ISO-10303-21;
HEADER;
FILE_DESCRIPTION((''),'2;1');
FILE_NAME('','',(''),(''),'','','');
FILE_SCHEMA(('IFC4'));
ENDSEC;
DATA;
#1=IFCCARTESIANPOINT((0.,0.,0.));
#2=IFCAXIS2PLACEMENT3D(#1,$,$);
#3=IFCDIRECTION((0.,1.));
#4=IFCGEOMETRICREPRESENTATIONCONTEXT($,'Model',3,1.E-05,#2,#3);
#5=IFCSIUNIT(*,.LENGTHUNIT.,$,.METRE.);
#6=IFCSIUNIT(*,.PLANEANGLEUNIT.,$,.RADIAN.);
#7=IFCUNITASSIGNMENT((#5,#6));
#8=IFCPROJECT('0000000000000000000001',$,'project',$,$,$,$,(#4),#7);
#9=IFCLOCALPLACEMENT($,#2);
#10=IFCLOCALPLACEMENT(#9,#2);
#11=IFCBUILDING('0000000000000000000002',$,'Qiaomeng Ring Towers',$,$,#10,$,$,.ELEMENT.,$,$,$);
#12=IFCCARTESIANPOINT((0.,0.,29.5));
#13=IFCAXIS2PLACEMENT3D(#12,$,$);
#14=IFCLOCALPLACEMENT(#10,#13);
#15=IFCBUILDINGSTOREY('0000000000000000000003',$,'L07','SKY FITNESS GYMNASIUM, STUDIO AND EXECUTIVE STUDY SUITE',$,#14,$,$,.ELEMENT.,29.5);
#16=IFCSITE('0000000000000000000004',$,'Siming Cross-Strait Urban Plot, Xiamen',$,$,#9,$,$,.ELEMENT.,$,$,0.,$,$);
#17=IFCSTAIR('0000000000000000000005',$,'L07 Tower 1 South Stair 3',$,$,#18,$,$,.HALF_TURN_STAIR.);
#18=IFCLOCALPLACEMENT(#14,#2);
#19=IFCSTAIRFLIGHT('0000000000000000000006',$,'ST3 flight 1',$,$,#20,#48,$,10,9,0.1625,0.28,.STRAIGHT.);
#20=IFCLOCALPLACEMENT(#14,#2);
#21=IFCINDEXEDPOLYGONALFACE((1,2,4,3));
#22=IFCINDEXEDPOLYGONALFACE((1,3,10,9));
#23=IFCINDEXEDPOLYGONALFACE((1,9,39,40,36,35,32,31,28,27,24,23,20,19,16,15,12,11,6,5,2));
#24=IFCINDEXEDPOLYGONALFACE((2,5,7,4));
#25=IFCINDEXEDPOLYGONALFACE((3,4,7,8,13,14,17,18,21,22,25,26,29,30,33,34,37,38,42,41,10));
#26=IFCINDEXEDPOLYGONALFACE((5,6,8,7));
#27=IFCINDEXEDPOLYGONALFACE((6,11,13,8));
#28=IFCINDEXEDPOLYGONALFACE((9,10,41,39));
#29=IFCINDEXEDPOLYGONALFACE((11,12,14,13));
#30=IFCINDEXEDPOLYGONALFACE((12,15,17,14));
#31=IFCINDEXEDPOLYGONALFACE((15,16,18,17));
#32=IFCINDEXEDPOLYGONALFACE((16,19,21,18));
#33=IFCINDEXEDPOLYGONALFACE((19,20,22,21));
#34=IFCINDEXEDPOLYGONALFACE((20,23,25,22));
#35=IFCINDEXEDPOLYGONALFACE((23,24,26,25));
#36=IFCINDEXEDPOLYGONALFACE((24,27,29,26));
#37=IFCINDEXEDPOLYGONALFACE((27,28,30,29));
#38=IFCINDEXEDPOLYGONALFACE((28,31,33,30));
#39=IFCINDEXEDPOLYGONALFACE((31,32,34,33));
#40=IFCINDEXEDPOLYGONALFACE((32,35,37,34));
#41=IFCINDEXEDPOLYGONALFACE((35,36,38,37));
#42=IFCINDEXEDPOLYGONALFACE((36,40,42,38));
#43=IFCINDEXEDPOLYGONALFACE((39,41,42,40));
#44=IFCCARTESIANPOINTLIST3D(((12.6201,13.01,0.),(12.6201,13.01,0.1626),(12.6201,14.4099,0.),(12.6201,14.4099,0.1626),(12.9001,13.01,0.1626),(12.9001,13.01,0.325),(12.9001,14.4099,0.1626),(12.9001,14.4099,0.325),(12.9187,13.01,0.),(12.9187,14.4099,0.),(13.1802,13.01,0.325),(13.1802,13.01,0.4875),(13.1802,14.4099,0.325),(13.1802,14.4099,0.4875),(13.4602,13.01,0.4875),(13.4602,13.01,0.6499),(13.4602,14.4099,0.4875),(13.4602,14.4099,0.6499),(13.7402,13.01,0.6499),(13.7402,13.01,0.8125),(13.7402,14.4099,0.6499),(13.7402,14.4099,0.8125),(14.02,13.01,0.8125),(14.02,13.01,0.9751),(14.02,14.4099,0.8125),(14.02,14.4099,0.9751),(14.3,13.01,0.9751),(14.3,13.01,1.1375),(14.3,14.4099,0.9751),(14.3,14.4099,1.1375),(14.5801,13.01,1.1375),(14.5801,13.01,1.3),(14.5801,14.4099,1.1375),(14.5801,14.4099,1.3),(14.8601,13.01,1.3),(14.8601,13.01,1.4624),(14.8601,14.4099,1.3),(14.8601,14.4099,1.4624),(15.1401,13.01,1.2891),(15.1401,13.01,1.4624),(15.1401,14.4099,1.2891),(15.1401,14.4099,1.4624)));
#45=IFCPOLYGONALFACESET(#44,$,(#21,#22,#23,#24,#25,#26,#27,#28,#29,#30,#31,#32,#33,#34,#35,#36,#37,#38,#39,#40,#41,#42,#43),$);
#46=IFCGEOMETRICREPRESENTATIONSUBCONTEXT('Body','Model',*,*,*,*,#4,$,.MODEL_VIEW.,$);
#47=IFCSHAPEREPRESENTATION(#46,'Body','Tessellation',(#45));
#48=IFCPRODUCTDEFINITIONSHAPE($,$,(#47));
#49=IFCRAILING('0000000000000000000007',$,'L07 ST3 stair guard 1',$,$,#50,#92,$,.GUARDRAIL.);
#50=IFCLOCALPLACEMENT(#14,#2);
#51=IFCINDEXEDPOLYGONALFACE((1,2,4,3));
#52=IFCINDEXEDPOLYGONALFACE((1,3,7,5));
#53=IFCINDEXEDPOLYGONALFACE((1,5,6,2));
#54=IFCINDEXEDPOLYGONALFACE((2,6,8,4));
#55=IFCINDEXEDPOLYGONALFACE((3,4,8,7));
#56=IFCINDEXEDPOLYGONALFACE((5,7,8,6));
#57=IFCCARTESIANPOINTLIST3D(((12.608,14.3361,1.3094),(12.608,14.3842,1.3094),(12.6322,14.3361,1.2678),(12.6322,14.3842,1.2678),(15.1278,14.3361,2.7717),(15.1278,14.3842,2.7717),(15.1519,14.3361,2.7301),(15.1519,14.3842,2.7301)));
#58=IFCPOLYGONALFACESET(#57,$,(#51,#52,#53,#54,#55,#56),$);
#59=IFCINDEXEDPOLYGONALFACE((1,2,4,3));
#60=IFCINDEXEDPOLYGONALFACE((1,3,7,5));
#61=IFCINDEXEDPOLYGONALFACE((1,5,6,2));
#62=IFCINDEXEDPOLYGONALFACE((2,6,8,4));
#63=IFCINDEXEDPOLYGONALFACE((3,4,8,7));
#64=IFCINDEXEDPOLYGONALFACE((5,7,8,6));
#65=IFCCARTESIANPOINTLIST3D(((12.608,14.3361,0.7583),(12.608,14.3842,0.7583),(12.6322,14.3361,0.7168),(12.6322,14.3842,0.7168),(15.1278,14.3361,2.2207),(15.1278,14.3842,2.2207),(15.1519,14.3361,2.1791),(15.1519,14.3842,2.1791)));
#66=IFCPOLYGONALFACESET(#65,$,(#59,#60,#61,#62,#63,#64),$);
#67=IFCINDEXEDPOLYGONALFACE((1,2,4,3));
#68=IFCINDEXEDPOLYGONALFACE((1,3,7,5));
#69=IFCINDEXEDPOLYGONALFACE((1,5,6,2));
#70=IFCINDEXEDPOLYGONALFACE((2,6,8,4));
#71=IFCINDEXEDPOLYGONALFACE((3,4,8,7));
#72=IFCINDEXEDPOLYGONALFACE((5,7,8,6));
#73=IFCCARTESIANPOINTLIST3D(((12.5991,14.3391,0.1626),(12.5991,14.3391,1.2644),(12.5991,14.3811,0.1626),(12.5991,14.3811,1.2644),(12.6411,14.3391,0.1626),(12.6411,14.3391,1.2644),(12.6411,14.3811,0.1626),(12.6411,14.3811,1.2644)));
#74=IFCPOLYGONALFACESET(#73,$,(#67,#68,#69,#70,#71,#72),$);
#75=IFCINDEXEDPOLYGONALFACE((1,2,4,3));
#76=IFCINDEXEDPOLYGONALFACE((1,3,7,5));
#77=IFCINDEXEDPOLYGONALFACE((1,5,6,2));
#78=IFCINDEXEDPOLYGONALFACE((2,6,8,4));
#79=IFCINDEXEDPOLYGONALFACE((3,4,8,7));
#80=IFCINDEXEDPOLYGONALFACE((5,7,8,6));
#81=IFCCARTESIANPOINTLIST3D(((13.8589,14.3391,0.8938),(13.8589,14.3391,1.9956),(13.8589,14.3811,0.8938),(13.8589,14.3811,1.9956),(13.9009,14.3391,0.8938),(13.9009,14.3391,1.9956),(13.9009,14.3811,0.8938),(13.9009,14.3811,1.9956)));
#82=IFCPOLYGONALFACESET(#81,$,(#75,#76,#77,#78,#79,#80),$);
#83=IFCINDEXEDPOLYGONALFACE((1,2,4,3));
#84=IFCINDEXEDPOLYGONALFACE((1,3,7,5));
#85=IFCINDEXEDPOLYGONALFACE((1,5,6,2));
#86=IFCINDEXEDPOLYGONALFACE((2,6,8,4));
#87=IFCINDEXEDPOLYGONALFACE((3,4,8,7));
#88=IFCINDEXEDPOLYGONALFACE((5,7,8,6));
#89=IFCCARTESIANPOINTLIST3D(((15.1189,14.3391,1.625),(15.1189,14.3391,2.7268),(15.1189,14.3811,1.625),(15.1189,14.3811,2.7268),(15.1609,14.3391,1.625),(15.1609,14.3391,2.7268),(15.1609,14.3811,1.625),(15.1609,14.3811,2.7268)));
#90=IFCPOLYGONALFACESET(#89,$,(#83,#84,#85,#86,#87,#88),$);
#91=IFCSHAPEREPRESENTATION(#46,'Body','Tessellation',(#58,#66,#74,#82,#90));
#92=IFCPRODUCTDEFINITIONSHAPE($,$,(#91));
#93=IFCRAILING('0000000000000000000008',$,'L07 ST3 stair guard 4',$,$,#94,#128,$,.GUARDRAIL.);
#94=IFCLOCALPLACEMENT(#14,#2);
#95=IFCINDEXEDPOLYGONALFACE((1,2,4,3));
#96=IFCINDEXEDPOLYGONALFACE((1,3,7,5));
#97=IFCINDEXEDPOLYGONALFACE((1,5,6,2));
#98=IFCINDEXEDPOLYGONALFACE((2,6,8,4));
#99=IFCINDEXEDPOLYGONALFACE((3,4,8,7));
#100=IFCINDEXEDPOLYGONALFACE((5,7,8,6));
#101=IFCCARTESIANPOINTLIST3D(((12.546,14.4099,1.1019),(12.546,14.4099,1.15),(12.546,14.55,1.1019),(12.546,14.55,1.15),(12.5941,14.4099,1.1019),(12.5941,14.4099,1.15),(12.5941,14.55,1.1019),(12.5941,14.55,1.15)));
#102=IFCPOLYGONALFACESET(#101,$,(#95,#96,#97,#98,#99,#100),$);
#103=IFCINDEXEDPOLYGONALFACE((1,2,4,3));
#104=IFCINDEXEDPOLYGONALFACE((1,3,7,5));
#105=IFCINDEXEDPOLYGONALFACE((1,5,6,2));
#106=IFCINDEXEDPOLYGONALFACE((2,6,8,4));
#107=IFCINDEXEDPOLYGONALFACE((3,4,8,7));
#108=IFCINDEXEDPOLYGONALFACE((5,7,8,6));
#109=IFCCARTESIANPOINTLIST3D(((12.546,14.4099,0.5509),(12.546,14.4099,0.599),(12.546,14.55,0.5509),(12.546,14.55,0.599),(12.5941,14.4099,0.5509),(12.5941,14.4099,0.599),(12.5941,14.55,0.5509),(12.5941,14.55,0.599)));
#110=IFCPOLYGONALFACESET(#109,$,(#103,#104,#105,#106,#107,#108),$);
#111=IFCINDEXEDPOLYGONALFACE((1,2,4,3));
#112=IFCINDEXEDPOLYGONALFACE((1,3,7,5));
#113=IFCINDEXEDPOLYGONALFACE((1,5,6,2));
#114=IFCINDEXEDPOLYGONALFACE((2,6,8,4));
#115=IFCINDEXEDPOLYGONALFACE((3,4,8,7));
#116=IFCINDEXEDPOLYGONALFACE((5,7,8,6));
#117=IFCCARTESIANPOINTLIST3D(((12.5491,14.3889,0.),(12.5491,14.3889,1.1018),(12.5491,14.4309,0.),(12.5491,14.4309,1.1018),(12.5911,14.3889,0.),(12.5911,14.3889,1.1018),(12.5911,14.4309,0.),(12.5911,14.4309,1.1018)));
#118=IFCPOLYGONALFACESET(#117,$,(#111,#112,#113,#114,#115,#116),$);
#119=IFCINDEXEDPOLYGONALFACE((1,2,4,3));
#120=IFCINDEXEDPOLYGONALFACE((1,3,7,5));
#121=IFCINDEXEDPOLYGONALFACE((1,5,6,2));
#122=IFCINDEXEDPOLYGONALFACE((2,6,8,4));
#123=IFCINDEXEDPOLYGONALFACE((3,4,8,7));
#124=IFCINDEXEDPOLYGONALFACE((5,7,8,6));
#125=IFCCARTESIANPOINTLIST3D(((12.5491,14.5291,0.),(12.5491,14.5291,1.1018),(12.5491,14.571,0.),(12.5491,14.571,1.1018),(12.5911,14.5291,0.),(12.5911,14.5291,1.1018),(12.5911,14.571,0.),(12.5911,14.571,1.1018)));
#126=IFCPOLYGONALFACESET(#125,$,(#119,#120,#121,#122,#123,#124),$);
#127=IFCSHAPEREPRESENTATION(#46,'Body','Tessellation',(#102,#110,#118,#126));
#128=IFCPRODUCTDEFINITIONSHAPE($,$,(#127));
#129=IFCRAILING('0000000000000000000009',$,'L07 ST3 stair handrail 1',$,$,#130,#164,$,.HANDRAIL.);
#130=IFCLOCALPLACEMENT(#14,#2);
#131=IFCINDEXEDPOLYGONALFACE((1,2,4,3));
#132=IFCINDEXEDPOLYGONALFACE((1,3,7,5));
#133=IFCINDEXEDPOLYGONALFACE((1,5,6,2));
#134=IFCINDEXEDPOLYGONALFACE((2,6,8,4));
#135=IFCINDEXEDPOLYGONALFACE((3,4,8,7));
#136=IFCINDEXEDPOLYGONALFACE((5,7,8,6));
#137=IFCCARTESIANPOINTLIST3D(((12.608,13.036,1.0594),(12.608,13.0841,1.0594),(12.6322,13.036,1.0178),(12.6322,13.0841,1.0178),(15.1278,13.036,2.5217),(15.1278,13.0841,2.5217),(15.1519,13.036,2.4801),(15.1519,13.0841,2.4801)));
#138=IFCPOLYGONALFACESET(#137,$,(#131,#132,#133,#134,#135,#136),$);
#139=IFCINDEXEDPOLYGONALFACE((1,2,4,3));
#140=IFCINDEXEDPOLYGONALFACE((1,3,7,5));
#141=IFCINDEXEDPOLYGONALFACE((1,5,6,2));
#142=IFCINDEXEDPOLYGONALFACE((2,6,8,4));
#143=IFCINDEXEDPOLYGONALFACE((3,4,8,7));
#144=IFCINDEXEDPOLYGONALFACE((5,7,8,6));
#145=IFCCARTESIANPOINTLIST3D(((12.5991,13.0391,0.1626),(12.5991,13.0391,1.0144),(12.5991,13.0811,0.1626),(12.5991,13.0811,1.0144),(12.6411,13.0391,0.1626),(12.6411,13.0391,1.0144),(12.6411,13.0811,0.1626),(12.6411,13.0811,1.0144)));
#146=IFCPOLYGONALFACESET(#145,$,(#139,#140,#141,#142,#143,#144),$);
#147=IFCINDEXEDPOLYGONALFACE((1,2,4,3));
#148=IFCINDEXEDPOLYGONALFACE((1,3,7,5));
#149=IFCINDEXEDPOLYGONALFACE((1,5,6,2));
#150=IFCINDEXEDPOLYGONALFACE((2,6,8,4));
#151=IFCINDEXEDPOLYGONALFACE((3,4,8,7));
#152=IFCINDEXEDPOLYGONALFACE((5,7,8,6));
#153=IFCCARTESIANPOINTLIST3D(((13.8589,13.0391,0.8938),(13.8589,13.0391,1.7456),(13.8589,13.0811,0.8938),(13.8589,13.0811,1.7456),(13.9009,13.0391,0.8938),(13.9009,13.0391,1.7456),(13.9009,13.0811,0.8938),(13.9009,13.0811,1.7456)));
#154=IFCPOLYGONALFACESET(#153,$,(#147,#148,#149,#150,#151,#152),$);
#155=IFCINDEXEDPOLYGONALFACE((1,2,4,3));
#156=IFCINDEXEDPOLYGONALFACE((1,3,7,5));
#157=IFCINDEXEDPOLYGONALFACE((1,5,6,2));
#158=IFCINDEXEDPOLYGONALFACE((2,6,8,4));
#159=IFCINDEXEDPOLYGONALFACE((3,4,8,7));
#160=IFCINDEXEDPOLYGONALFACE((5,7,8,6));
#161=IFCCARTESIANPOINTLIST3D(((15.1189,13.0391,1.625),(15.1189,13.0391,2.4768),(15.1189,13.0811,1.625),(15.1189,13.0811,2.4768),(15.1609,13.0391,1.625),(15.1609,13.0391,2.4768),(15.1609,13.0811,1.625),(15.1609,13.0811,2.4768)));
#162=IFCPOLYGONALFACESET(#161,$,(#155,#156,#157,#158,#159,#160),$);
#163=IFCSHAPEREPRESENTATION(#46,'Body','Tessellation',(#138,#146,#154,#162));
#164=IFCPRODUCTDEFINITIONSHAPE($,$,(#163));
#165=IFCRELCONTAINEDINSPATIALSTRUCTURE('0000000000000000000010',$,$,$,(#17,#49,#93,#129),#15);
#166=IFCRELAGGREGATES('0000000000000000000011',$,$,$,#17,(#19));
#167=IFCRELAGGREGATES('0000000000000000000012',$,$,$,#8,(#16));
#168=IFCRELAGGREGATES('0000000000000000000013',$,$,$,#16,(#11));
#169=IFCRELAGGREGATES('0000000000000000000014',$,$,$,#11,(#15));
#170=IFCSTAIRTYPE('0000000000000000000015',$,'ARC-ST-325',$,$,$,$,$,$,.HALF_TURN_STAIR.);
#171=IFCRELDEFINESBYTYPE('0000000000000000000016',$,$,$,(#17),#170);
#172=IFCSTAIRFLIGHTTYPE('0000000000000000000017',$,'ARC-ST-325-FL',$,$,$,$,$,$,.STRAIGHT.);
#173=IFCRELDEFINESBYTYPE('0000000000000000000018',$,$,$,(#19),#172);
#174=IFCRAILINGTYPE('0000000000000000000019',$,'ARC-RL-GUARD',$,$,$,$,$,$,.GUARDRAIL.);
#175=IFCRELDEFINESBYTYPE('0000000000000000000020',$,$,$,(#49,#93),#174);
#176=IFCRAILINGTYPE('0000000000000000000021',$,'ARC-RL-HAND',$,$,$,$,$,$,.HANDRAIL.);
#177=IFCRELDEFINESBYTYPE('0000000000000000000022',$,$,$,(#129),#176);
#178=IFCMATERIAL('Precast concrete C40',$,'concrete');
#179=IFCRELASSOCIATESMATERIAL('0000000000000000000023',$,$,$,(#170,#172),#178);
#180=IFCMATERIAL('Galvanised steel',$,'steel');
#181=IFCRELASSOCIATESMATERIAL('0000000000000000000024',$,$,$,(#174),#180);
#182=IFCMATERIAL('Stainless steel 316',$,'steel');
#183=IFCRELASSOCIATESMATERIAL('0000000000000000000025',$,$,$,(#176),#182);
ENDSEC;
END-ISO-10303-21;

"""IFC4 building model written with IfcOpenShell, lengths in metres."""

from ifc_helpers import new_model, si_unit, direction, frame, origin, origin_2d, place, context, subcontext, project, spatial, polyline, rectangle, outline, extrude, source, transform, mapped, material, type_object, element, aggregate, save


model = new_model("IFC4")

# Units and contexts
model_context = context("Model", 3, precision=1e-05, world=origin(), true_north=direction((0.0, 1.0)))
body_context = subcontext(model_context, "Body", "Model", "MODEL_VIEW")
ifc_project = project(units=[si_unit("LENGTHUNIT", "METRE"), si_unit("PLANEANGLEUNIT", "RADIAN")], contexts=[model_context])

# Site, building, storey
site_placement = place(None, origin())
site = spatial("IfcSite", under=ifc_project, at=site_placement, Name="Siming Cross-Strait Urban Plot, Xiamen", CompositionType="ELEMENT", RefElevation=0.0)
building_placement = place(site_placement, origin())
building = spatial("IfcBuilding", under=site, at=building_placement, Name="Qiaomeng Ring Towers", CompositionType="ELEMENT")
storey_placement = place(building_placement, frame((0.0, 0.0, 29.5)))
storey = spatial("IfcBuildingStorey", under=building, at=storey_placement, Name="L07", Description="SKY FITNESS GYMNASIUM, STUDIO AND EXECUTIVE STUDY SUITE", CompositionType="ELEMENT", Elevation=29.5)

# Shared definitions
ifc_material_1 = material(Name="Galvanised steel", Category="steel")

# Shared definitions
ifc_material_2 = material(Name="Stainless steel 316", Category="steel")

# Stair, stair flight
ifc_material_3 = material(Name="Precast concrete C40", Category="concrete")
stair_type = type_object("IfcStairType", Name="ARC-ST-325", PredefinedType="HALF_TURN_STAIR", material=ifc_material_3)
stair_placement = place(storey_placement, origin())
stair = element("IfcStair", 1, at=stair_placement, inside=storey, type_object=stair_type, Name="L07 Tower 1 South Stair 3", PredefinedType="HALF_TURN_STAIR")
stair_flight_type = type_object("IfcStairFlightType", Name="ARC-ST-325-FL", PredefinedType="STRAIGHT", material=ifc_material_3)
shared_shape_1 = source(origin(), body_context, "Body", "SweptSolid", [
    extrude(outline(polyline([(0.0, 0.0), (0.0, 0.1626), (0.28, 0.1626), (0.28, 0.325), (0.5601, 0.325), (0.5601, 0.4875), (0.8401, 0.4875), (0.8401, 0.6499), (1.1201, 0.6499), (1.1201, 0.8125), (1.3999, 0.8125), (1.3999, 0.9751), (1.6799, 0.9751), (1.6799, 1.1375), (1.96, 1.1375), (1.96, 1.3), (2.24, 1.3), (2.24, 1.4624), (2.52, 1.4624), (2.52, 1.625), (2.52, 1.2891), (0.2986, 0.0), (0.0, 0.0)])), frame((0.0, 0.7, 0.0), z_axis=(0.0, -1.0, 0.0), x_axis=(1.0, 0.0, 0.0)), (0.0, 0.0, 1.0), 1.3999),
])
stair_flight_placement = place(storey_placement, frame((12.6201, 13.71, 0.0), z_axis=(0.0, 0.0, 1.0), x_axis=(1.0, 0.0, 0.0)))
stair_flight = element("IfcStairFlight", 2, at=stair_flight_placement, type_object=stair_flight_type, Name="ST3 flight 1", NumberOfRisers=10, NumberOfTreads=9, PredefinedType="STRAIGHT", RiserHeight=0.1625, TreadLength=0.28, context=body_context, shape_type="MappedRepresentation", body=[
    mapped(shared_shape_1, transform((0.0, 0.0, 0.0), x_axis=(1.0, 0.0, 0.0), y_axis=(0.0, 1.0, 0.0), z_axis=(0.0, 0.0, 1.0), scale=1.0)),
])
aggregate(stair, [stair_flight])

# Railings
railing_type_1 = type_object("IfcRailingType", Name="ARC-RL-GUARD", PredefinedType="GUARDRAIL", material=ifc_material_1)
railing_1_placement = place(storey_placement, frame((12.6201, 14.3601, 0.1626)))
element("IfcRailing", 3, at=railing_1_placement, inside=storey, type_object=railing_type_1, Name="L07 ST3 stair guard 1", PredefinedType="GUARDRAIL", context=body_context, shape_type="SweptSolid", body=[
    extrude(rectangle(XDim=0.0481, YDim=0.0481, at=origin_2d()), frame((0.0, 0.0, 1.126), z_axis=(0.864892, 0.0, 0.501958), x_axis=(0.0, 1.0, 0.0)), (0.0, 0.0, 1.0), 2.9133),
    extrude(rectangle(XDim=0.0481, YDim=0.0481, at=origin_2d()), frame((0.0, 0.0, 0.575), z_axis=(0.864892, 0.0, 0.501958), x_axis=(0.0, 1.0, 0.0)), (0.0, 0.0, 1.0), 2.9133),
    extrude(rectangle(XDim=0.042, YDim=0.042, at=origin_2d()), origin(), (0.0, 0.0, 1.0), 1.1018),
    extrude(rectangle(XDim=0.042, YDim=0.042, at=origin_2d()), frame((1.2598, 0.0, 0.7312)), (0.0, 0.0, 1.0), 1.1018),
    extrude(rectangle(XDim=0.042, YDim=0.042, at=origin_2d()), frame((2.5198, 0.0, 1.4624)), (0.0, 0.0, 1.0), 1.1018),
])
railing_2_placement = place(storey_placement, frame((12.5701, 14.4099, 0.0)))
element("IfcRailing", 4, at=railing_2_placement, inside=storey, type_object=railing_type_1, Name="L07 ST3 stair guard 4", PredefinedType="GUARDRAIL", context=body_context, shape_type="SweptSolid", body=[
    extrude(rectangle(XDim=0.0481, YDim=0.0481, at=origin_2d()), frame((0.0, 0.0, 1.126), z_axis=(0.0, 1.0, 0.0), x_axis=(-1.0, 0.0, 0.0)), (0.0, 0.0, 1.0), 0.1401),
    extrude(rectangle(XDim=0.0481, YDim=0.0481, at=origin_2d()), frame((0.0, 0.0, 0.575), z_axis=(0.0, 1.0, 0.0), x_axis=(-1.0, 0.0, 0.0)), (0.0, 0.0, 1.0), 0.1401),
    extrude(rectangle(XDim=0.042, YDim=0.042, at=origin_2d()), origin(), (0.0, 0.0, 1.0), 1.1018),
    extrude(rectangle(XDim=0.042, YDim=0.042, at=origin_2d()), frame((0.0, 0.1401, 0.0)), (0.0, 0.0, 1.0), 1.1018),
])
railing_type_2 = type_object("IfcRailingType", Name="ARC-RL-HAND", PredefinedType="HANDRAIL", material=ifc_material_2)
railing_3_placement = place(storey_placement, frame((12.6201, 13.0601, 0.1626)))
element("IfcRailing", 5, at=railing_3_placement, inside=storey, type_object=railing_type_2, Name="L07 ST3 stair handrail 1", PredefinedType="HANDRAIL", context=body_context, shape_type="SweptSolid", body=[
    extrude(rectangle(XDim=0.0481, YDim=0.0481, at=origin_2d()), frame((0.0, 0.0, 0.876), z_axis=(0.864892, 0.0, 0.501958), x_axis=(0.0, 1.0, 0.0)), (0.0, 0.0, 1.0), 2.9133),
    extrude(rectangle(XDim=0.042, YDim=0.042, at=origin_2d()), origin(), (0.0, 0.0, 1.0), 0.8518),
    extrude(rectangle(XDim=0.042, YDim=0.042, at=origin_2d()), frame((1.2598, 0.0, 0.7312)), (0.0, 0.0, 1.0), 0.8518),
    extrude(rectangle(XDim=0.042, YDim=0.042, at=origin_2d()), frame((2.5198, 0.0, 1.4624)), (0.0, 0.0, 1.0), 0.8518),
])

save(model, "model.ifc")
